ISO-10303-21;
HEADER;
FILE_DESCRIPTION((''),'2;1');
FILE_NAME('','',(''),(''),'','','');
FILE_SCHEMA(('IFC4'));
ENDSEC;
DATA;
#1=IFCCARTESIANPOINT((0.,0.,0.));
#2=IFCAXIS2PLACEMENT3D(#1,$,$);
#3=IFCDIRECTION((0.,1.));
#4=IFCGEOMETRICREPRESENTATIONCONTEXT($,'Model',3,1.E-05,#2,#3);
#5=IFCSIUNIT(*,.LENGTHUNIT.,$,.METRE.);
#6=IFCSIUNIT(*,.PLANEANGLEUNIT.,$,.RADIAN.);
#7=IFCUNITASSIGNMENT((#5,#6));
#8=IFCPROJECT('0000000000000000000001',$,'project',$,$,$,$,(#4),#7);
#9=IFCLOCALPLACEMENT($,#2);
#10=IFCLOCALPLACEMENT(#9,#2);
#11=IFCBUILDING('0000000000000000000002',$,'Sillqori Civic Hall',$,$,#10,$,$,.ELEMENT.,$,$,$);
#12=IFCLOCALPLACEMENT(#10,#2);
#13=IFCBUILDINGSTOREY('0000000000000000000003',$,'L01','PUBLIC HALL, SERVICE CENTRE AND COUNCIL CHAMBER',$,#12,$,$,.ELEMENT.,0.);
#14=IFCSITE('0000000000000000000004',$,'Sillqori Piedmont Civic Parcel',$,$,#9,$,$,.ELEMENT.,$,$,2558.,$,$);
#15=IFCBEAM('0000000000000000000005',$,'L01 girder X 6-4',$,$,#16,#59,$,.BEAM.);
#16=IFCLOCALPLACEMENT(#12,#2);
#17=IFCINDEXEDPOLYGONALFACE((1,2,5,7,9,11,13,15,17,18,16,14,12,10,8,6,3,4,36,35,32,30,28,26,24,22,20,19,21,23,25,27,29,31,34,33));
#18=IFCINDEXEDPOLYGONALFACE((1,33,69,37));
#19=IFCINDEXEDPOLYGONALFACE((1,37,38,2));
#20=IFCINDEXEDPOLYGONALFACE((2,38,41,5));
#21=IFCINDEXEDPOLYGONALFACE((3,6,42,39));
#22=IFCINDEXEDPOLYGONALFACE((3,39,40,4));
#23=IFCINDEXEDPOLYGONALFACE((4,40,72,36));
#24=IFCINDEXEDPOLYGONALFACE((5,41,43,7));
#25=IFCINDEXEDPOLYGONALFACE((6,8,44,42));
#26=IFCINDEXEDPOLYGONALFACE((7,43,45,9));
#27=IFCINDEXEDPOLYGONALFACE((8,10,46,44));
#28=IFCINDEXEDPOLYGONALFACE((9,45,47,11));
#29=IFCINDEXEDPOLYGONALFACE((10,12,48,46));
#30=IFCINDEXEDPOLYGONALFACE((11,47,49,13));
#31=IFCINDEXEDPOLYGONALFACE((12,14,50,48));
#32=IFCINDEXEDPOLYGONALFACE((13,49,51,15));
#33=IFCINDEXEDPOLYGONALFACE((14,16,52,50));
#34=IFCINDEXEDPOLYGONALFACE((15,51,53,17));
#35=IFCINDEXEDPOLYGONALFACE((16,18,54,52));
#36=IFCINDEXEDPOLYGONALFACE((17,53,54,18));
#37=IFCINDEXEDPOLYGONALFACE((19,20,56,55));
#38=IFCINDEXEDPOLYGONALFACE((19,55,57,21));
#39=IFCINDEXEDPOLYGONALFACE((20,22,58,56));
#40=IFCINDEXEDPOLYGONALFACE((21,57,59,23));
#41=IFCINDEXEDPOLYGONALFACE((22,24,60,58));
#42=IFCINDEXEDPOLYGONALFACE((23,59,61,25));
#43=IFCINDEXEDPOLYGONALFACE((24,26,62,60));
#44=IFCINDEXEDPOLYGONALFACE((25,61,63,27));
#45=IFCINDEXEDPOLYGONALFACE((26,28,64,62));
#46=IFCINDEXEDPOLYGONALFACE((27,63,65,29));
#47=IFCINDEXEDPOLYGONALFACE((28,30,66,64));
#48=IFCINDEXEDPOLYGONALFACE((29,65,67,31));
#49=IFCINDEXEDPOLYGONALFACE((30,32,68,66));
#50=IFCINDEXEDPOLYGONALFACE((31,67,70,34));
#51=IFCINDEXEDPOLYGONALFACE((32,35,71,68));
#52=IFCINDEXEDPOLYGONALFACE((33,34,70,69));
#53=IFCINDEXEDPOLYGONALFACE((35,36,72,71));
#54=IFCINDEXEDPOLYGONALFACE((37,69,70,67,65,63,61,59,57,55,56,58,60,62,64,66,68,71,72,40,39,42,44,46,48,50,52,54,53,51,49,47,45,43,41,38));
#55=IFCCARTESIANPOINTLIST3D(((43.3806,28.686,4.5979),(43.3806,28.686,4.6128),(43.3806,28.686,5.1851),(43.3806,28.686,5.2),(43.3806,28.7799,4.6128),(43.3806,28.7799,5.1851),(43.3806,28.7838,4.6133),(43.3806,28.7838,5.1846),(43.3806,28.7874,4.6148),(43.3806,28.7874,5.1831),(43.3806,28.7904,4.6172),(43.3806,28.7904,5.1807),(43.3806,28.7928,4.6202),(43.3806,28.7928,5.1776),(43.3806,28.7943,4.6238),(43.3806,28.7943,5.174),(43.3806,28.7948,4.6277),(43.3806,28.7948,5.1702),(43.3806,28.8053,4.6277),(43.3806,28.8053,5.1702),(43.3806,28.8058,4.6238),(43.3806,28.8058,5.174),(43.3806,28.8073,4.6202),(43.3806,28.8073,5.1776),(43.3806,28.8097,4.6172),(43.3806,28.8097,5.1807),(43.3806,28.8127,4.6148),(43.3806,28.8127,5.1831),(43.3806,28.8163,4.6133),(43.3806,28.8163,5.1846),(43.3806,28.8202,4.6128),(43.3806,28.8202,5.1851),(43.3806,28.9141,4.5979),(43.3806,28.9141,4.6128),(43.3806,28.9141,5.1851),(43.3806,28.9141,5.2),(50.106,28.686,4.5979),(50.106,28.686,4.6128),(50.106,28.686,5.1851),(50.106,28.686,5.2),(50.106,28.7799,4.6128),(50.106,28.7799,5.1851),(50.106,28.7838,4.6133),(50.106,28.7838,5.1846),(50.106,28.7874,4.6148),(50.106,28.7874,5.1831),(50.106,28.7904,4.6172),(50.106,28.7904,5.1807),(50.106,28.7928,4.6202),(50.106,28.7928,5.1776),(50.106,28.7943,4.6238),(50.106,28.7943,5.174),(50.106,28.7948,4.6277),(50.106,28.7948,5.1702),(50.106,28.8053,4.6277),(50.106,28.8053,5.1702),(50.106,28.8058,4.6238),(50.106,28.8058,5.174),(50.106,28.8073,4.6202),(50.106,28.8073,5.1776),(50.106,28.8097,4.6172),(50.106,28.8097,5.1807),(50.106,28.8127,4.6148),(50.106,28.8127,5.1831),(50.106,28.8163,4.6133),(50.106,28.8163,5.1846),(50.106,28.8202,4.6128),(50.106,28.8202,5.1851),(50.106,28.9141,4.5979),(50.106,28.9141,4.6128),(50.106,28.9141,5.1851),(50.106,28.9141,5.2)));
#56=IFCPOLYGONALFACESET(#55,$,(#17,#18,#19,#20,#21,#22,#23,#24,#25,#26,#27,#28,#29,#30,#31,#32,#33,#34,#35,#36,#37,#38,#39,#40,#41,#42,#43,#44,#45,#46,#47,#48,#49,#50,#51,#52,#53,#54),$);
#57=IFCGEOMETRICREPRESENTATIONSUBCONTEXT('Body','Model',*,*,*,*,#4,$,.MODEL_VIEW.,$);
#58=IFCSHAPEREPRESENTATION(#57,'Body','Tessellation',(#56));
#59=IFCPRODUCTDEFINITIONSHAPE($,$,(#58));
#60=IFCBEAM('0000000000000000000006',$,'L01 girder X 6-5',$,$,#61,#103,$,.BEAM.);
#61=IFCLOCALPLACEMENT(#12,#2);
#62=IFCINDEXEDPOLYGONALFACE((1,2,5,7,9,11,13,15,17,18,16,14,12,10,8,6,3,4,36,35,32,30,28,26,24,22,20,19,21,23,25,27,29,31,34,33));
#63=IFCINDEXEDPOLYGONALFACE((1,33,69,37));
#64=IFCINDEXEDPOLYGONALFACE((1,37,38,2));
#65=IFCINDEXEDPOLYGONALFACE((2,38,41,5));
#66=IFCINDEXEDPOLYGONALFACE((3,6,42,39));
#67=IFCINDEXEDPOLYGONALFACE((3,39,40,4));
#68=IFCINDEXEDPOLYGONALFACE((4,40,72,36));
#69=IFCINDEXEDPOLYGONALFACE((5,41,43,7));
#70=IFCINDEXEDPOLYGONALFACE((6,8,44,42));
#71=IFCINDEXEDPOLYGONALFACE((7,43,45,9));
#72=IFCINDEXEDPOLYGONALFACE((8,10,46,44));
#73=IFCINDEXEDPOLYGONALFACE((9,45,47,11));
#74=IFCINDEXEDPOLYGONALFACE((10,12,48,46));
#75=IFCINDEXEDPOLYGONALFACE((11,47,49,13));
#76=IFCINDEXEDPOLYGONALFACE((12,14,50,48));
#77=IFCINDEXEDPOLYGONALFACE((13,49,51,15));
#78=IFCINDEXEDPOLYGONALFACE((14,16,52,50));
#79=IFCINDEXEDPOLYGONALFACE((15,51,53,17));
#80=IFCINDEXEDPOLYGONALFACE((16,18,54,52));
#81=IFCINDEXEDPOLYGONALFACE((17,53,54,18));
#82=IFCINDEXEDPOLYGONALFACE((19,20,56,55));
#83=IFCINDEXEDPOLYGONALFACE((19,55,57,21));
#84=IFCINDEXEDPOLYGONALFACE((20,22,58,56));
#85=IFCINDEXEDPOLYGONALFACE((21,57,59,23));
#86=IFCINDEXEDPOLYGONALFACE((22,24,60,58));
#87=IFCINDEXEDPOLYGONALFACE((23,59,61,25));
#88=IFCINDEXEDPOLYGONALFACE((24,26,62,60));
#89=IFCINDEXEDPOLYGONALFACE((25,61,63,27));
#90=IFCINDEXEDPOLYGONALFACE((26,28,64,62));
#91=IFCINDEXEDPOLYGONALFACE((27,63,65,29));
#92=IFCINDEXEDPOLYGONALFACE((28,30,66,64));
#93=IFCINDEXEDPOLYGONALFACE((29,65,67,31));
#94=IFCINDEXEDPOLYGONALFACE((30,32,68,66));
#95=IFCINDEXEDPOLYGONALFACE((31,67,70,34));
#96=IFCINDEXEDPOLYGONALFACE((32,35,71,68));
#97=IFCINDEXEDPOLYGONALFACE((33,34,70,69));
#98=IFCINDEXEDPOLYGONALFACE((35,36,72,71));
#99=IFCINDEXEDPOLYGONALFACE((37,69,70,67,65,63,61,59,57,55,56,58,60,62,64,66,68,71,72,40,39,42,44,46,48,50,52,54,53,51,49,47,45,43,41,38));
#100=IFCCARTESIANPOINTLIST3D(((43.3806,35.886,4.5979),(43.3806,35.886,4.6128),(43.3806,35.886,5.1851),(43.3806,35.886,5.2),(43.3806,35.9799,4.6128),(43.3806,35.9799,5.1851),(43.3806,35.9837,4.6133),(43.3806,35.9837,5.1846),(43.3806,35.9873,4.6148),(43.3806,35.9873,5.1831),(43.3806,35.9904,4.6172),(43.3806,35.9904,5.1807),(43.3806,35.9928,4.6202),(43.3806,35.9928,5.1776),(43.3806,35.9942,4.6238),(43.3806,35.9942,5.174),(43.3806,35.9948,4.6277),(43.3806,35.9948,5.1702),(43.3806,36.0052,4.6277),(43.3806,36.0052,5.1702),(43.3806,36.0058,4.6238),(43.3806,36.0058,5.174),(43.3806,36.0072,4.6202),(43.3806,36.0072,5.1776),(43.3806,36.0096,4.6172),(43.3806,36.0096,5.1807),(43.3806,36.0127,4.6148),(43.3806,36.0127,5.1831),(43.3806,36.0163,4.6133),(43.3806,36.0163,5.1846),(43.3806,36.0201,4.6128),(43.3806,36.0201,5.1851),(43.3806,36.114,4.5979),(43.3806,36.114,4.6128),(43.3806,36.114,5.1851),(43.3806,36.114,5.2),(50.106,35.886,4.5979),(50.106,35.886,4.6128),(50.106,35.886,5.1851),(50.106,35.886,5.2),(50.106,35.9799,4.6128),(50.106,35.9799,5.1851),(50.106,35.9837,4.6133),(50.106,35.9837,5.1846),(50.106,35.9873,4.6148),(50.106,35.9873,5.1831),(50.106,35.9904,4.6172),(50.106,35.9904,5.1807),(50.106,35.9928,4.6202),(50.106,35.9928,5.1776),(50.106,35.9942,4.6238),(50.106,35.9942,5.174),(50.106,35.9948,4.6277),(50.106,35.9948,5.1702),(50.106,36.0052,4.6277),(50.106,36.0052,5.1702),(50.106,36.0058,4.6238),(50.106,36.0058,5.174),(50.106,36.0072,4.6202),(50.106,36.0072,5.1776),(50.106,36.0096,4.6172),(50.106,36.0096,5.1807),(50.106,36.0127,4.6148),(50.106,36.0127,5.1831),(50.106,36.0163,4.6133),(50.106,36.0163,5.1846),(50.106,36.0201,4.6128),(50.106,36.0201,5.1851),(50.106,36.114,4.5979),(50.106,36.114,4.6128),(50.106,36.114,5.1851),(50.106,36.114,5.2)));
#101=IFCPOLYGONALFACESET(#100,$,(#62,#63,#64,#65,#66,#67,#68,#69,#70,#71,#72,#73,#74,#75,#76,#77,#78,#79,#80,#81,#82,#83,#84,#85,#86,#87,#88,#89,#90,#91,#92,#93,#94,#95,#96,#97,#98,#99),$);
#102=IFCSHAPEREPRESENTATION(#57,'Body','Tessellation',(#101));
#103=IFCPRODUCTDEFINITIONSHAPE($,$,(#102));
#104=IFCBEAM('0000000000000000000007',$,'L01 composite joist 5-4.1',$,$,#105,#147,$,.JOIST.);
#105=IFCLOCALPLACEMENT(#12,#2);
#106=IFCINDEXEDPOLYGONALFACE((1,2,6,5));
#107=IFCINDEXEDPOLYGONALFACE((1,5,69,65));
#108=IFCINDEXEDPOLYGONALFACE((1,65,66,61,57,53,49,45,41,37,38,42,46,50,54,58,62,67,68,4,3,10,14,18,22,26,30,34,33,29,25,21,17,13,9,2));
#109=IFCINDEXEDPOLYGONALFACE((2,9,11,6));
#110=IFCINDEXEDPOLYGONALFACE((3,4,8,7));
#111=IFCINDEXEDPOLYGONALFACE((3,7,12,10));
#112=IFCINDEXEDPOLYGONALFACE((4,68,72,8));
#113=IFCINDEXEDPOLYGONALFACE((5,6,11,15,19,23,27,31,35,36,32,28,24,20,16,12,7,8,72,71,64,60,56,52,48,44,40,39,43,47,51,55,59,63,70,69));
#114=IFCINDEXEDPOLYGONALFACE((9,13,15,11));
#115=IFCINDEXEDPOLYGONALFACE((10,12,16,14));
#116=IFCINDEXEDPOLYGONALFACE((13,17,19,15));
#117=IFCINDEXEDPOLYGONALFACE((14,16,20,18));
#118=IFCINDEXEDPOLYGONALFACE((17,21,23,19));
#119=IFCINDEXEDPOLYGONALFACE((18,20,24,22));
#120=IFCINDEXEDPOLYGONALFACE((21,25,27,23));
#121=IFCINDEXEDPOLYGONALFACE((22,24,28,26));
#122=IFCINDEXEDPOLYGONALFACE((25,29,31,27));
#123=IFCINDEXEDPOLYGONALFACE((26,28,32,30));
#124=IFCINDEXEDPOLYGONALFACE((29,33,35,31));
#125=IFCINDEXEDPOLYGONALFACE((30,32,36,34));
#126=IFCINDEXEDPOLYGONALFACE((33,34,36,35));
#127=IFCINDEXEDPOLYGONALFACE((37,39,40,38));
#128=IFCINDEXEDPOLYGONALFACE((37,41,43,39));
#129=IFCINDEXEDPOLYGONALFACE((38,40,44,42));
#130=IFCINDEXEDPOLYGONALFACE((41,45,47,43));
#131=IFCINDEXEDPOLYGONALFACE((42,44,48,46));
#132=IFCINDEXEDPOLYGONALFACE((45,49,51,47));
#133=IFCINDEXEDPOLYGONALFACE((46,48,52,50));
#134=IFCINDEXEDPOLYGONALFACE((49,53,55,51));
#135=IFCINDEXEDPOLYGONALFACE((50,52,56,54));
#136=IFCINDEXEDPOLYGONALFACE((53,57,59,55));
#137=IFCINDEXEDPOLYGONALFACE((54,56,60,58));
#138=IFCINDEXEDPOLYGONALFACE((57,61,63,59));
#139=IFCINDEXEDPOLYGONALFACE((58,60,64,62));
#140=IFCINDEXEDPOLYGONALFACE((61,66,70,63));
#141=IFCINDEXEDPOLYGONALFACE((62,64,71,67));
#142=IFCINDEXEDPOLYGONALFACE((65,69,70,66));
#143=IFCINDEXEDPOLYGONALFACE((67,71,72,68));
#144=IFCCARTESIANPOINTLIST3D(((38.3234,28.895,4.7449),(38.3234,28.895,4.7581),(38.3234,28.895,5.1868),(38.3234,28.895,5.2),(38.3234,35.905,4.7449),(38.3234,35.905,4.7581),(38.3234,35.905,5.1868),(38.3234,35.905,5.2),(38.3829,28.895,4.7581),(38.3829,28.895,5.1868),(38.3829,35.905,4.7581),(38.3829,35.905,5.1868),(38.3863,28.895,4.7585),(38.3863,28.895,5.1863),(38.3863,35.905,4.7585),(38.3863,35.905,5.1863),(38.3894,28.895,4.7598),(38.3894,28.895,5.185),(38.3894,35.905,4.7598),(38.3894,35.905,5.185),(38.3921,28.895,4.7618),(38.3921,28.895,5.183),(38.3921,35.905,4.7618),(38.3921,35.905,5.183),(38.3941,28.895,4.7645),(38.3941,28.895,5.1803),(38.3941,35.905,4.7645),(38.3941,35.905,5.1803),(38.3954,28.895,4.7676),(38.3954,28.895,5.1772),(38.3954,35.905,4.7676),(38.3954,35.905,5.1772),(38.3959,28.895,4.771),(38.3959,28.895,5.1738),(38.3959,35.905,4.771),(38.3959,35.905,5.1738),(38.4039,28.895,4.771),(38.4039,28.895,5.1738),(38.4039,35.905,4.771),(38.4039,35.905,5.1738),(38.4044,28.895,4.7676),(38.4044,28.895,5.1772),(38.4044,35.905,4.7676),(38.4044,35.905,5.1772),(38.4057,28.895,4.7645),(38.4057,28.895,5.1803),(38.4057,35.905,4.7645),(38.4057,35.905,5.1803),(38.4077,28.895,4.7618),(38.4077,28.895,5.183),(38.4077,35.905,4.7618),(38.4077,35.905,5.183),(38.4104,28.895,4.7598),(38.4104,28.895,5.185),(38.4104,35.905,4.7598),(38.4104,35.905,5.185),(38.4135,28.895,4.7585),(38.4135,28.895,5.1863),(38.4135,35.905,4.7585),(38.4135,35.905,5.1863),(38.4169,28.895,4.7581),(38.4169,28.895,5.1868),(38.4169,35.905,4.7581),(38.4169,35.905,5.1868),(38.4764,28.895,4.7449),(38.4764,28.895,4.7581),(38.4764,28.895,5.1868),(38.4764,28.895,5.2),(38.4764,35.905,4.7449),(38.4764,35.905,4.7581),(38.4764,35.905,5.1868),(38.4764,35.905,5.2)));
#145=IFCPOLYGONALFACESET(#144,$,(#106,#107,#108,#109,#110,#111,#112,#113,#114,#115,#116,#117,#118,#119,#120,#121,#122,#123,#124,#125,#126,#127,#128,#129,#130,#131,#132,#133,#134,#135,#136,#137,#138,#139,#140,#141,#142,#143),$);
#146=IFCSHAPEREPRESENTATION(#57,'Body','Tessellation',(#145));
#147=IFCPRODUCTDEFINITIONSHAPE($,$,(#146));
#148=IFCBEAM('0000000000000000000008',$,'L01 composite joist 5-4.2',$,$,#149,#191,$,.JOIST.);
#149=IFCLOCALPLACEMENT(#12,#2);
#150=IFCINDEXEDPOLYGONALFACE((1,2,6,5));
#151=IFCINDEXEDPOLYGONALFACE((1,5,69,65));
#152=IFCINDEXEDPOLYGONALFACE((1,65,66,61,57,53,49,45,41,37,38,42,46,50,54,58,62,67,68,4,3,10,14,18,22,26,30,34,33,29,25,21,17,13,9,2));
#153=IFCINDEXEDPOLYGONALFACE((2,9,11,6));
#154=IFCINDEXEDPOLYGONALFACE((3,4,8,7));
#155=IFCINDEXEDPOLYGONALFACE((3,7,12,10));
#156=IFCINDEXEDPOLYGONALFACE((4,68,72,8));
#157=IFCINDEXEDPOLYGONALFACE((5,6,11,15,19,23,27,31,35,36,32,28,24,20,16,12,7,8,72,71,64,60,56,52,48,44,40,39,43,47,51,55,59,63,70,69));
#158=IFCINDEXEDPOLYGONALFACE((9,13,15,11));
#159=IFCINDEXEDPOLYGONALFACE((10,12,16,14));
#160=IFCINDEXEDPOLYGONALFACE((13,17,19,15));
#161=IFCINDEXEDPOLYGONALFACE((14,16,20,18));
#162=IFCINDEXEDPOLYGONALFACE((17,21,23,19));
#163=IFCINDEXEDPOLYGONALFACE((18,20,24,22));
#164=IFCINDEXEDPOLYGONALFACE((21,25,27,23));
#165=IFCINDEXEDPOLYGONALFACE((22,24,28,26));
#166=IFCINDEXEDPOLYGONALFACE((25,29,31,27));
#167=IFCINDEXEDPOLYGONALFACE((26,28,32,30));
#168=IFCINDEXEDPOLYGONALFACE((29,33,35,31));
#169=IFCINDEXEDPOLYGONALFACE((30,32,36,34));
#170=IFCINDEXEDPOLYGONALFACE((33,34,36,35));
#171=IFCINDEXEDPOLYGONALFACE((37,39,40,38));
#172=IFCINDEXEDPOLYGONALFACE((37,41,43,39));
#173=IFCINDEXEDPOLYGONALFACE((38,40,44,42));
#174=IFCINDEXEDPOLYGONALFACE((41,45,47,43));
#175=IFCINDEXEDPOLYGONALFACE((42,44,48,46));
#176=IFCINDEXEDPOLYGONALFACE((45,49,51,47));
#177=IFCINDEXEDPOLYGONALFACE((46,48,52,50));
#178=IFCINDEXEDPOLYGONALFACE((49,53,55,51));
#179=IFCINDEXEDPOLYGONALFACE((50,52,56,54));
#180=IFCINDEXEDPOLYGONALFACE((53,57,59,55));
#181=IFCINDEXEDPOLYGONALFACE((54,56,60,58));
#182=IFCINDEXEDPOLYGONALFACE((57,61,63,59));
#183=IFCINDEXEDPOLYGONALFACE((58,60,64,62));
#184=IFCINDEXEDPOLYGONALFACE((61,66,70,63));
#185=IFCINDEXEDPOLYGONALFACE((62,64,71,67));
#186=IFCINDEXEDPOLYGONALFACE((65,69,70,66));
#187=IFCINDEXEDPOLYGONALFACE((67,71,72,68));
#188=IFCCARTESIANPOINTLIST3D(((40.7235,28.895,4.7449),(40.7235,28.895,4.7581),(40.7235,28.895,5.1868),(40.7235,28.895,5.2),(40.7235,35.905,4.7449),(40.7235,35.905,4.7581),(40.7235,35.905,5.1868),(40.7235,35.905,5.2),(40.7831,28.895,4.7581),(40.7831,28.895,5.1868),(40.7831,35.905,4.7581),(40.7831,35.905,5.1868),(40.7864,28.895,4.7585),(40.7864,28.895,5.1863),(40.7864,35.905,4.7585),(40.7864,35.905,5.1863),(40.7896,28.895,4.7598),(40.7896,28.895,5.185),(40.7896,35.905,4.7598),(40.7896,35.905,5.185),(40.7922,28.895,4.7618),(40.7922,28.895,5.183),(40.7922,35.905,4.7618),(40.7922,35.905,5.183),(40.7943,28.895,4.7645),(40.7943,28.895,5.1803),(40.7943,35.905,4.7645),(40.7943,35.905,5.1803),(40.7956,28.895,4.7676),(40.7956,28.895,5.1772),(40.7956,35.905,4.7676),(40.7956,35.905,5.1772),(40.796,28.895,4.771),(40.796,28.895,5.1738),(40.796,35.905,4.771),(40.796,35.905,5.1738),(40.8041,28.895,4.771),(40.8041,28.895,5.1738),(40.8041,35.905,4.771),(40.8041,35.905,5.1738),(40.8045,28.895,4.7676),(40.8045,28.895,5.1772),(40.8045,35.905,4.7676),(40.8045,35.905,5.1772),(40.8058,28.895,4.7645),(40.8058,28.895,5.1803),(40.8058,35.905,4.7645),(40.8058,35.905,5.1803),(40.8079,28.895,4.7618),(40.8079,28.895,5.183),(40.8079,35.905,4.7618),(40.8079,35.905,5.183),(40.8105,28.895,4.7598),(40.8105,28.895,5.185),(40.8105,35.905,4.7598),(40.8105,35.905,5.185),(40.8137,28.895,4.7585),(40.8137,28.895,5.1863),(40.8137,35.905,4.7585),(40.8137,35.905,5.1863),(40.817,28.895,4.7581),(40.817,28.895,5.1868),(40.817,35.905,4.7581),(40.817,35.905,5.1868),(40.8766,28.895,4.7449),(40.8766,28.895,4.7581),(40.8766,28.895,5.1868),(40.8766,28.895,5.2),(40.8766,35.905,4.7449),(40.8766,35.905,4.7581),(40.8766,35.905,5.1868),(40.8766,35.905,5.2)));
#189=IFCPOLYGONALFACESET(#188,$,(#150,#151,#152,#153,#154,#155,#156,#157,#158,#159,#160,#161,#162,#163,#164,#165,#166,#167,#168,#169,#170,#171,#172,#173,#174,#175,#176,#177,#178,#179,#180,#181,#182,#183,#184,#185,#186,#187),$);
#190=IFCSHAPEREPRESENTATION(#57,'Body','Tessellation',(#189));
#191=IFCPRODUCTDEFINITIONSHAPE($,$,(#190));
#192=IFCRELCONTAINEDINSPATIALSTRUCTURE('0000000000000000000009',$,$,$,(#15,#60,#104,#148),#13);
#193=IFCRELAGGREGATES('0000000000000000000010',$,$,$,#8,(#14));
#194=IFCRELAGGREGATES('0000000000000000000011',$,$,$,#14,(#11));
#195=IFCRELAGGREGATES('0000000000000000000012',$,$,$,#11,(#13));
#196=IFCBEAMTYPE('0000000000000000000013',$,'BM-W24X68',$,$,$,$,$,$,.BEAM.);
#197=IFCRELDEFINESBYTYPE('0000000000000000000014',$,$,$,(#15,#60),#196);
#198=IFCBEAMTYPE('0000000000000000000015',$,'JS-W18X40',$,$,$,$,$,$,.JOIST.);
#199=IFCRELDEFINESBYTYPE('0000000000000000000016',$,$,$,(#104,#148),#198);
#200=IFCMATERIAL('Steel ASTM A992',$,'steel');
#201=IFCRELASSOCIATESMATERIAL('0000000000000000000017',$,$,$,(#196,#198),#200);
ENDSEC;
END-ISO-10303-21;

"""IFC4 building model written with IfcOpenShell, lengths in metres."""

from ifc_helpers import new_model, si_unit, direction, frame, origin, origin_2d, place, context, subcontext, project, spatial, i_section, extrude, material, material_profile, profile_set, type_object, element, save


model = new_model("IFC4")

# Units and contexts
model_context = context("Model", 3, precision=1e-05, world=origin(), true_north=direction((0.0, 1.0)))
body_context = subcontext(model_context, "Body", "Model", "MODEL_VIEW")
ifc_project = project(units=[si_unit("LENGTHUNIT", "METRE"), si_unit("PLANEANGLEUNIT", "RADIAN")], contexts=[model_context])

# Site, building, storey
site_placement = place(None, origin())
site = spatial("IfcSite", under=ifc_project, at=site_placement, Name="Sillqori Piedmont Civic Parcel", CompositionType="ELEMENT", RefElevation=2558.0)
building_placement = place(site_placement, origin())
building = spatial("IfcBuilding", under=site, at=building_placement, Name="Sillqori Civic Hall", CompositionType="ELEMENT")
storey_placement = place(building_placement, origin())
storey = spatial("IfcBuildingStorey", under=building, at=storey_placement, Name="L01", Description="PUBLIC HALL, SERVICE CENTRE AND COUNCIL CHAMBER", CompositionType="ELEMENT", Elevation=0.0)

# Shared definitions
ifc_material_1 = material(Name="Steel ASTM A992", Category="steel")

# Beams
ifc_material_profile_1 = material_profile(ifc_material_1, i_section(OverallWidth=0.228, OverallDepth=0.6021, WebThickness=0.0105, FlangeThickness=0.0149, FilletRadius=0.0149, at=origin_2d()), Name="W24X68")
ifc_profile_set_1 = profile_set([ifc_material_profile_1], Name="Steel ASTM A992")
beam_type_1 = type_object("IfcBeamType", Name="BM-W24X68", PredefinedType="BEAM", material=ifc_profile_set_1)
for number, where, z_axis, x_axis, name in (
    (1, (43.3806, 28.8, 4.8989), (1.0, 0.0, 0.0), (0.0, 1.0, 0.0), "L01 girder X 6-4"),
    (2, (43.3806, 36.0, 4.8989), (1.0, 0.0, 0.0), (0.0, 1.0, 0.0), "L01 girder X 6-5"),
):
    element("IfcBeam", number, at=place(storey_placement, frame(where, z_axis=z_axis, x_axis=x_axis)), inside=storey, type_object=beam_type_1, Name=name, PredefinedType="BEAM", context=body_context, shape_type="SweptSolid", body=[
        extrude(i_section(OverallWidth=0.228, OverallDepth=0.6021, WebThickness=0.0105, FlangeThickness=0.0149, FilletRadius=0.0149, at=origin_2d()), origin(), (0.0, 0.0, 1.0), 6.7253),
    ])
ifc_material_profile_2 = material_profile(ifc_material_1, i_section(OverallWidth=0.1531, OverallDepth=0.4551, WebThickness=0.0081, FlangeThickness=0.0132, FilletRadius=0.0129, at=origin_2d()), Name="W18X40")
ifc_profile_set_2 = profile_set([ifc_material_profile_2], Name="Steel ASTM A992")
beam_type_2 = type_object("IfcBeamType", Name="JS-W18X40", PredefinedType="JOIST", material=ifc_profile_set_2)
for number, where, z_axis, x_axis, name in (
    (3, (38.3999, 28.895, 4.9724), (0.0, 1.0, 0.0), (-1.0, 0.0, 0.0), "L01 composite joist 5-4.1"),
    (4, (40.8, 28.895, 4.9724), (0.0, 1.0, 0.0), (-1.0, 0.0, 0.0), "L01 composite joist 5-4.2"),
):
    element("IfcBeam", number, at=place(storey_placement, frame(where, z_axis=z_axis, x_axis=x_axis)), inside=storey, type_object=beam_type_2, Name=name, PredefinedType="JOIST", context=body_context, shape_type="SweptSolid", body=[
        extrude(i_section(OverallWidth=0.1531, OverallDepth=0.4551, WebThickness=0.0081, FlangeThickness=0.0132, FilletRadius=0.0129, at=origin_2d()), origin(), (0.0, 0.0, 1.0), 7.01),
    ])

save(model, "model.ifc")
